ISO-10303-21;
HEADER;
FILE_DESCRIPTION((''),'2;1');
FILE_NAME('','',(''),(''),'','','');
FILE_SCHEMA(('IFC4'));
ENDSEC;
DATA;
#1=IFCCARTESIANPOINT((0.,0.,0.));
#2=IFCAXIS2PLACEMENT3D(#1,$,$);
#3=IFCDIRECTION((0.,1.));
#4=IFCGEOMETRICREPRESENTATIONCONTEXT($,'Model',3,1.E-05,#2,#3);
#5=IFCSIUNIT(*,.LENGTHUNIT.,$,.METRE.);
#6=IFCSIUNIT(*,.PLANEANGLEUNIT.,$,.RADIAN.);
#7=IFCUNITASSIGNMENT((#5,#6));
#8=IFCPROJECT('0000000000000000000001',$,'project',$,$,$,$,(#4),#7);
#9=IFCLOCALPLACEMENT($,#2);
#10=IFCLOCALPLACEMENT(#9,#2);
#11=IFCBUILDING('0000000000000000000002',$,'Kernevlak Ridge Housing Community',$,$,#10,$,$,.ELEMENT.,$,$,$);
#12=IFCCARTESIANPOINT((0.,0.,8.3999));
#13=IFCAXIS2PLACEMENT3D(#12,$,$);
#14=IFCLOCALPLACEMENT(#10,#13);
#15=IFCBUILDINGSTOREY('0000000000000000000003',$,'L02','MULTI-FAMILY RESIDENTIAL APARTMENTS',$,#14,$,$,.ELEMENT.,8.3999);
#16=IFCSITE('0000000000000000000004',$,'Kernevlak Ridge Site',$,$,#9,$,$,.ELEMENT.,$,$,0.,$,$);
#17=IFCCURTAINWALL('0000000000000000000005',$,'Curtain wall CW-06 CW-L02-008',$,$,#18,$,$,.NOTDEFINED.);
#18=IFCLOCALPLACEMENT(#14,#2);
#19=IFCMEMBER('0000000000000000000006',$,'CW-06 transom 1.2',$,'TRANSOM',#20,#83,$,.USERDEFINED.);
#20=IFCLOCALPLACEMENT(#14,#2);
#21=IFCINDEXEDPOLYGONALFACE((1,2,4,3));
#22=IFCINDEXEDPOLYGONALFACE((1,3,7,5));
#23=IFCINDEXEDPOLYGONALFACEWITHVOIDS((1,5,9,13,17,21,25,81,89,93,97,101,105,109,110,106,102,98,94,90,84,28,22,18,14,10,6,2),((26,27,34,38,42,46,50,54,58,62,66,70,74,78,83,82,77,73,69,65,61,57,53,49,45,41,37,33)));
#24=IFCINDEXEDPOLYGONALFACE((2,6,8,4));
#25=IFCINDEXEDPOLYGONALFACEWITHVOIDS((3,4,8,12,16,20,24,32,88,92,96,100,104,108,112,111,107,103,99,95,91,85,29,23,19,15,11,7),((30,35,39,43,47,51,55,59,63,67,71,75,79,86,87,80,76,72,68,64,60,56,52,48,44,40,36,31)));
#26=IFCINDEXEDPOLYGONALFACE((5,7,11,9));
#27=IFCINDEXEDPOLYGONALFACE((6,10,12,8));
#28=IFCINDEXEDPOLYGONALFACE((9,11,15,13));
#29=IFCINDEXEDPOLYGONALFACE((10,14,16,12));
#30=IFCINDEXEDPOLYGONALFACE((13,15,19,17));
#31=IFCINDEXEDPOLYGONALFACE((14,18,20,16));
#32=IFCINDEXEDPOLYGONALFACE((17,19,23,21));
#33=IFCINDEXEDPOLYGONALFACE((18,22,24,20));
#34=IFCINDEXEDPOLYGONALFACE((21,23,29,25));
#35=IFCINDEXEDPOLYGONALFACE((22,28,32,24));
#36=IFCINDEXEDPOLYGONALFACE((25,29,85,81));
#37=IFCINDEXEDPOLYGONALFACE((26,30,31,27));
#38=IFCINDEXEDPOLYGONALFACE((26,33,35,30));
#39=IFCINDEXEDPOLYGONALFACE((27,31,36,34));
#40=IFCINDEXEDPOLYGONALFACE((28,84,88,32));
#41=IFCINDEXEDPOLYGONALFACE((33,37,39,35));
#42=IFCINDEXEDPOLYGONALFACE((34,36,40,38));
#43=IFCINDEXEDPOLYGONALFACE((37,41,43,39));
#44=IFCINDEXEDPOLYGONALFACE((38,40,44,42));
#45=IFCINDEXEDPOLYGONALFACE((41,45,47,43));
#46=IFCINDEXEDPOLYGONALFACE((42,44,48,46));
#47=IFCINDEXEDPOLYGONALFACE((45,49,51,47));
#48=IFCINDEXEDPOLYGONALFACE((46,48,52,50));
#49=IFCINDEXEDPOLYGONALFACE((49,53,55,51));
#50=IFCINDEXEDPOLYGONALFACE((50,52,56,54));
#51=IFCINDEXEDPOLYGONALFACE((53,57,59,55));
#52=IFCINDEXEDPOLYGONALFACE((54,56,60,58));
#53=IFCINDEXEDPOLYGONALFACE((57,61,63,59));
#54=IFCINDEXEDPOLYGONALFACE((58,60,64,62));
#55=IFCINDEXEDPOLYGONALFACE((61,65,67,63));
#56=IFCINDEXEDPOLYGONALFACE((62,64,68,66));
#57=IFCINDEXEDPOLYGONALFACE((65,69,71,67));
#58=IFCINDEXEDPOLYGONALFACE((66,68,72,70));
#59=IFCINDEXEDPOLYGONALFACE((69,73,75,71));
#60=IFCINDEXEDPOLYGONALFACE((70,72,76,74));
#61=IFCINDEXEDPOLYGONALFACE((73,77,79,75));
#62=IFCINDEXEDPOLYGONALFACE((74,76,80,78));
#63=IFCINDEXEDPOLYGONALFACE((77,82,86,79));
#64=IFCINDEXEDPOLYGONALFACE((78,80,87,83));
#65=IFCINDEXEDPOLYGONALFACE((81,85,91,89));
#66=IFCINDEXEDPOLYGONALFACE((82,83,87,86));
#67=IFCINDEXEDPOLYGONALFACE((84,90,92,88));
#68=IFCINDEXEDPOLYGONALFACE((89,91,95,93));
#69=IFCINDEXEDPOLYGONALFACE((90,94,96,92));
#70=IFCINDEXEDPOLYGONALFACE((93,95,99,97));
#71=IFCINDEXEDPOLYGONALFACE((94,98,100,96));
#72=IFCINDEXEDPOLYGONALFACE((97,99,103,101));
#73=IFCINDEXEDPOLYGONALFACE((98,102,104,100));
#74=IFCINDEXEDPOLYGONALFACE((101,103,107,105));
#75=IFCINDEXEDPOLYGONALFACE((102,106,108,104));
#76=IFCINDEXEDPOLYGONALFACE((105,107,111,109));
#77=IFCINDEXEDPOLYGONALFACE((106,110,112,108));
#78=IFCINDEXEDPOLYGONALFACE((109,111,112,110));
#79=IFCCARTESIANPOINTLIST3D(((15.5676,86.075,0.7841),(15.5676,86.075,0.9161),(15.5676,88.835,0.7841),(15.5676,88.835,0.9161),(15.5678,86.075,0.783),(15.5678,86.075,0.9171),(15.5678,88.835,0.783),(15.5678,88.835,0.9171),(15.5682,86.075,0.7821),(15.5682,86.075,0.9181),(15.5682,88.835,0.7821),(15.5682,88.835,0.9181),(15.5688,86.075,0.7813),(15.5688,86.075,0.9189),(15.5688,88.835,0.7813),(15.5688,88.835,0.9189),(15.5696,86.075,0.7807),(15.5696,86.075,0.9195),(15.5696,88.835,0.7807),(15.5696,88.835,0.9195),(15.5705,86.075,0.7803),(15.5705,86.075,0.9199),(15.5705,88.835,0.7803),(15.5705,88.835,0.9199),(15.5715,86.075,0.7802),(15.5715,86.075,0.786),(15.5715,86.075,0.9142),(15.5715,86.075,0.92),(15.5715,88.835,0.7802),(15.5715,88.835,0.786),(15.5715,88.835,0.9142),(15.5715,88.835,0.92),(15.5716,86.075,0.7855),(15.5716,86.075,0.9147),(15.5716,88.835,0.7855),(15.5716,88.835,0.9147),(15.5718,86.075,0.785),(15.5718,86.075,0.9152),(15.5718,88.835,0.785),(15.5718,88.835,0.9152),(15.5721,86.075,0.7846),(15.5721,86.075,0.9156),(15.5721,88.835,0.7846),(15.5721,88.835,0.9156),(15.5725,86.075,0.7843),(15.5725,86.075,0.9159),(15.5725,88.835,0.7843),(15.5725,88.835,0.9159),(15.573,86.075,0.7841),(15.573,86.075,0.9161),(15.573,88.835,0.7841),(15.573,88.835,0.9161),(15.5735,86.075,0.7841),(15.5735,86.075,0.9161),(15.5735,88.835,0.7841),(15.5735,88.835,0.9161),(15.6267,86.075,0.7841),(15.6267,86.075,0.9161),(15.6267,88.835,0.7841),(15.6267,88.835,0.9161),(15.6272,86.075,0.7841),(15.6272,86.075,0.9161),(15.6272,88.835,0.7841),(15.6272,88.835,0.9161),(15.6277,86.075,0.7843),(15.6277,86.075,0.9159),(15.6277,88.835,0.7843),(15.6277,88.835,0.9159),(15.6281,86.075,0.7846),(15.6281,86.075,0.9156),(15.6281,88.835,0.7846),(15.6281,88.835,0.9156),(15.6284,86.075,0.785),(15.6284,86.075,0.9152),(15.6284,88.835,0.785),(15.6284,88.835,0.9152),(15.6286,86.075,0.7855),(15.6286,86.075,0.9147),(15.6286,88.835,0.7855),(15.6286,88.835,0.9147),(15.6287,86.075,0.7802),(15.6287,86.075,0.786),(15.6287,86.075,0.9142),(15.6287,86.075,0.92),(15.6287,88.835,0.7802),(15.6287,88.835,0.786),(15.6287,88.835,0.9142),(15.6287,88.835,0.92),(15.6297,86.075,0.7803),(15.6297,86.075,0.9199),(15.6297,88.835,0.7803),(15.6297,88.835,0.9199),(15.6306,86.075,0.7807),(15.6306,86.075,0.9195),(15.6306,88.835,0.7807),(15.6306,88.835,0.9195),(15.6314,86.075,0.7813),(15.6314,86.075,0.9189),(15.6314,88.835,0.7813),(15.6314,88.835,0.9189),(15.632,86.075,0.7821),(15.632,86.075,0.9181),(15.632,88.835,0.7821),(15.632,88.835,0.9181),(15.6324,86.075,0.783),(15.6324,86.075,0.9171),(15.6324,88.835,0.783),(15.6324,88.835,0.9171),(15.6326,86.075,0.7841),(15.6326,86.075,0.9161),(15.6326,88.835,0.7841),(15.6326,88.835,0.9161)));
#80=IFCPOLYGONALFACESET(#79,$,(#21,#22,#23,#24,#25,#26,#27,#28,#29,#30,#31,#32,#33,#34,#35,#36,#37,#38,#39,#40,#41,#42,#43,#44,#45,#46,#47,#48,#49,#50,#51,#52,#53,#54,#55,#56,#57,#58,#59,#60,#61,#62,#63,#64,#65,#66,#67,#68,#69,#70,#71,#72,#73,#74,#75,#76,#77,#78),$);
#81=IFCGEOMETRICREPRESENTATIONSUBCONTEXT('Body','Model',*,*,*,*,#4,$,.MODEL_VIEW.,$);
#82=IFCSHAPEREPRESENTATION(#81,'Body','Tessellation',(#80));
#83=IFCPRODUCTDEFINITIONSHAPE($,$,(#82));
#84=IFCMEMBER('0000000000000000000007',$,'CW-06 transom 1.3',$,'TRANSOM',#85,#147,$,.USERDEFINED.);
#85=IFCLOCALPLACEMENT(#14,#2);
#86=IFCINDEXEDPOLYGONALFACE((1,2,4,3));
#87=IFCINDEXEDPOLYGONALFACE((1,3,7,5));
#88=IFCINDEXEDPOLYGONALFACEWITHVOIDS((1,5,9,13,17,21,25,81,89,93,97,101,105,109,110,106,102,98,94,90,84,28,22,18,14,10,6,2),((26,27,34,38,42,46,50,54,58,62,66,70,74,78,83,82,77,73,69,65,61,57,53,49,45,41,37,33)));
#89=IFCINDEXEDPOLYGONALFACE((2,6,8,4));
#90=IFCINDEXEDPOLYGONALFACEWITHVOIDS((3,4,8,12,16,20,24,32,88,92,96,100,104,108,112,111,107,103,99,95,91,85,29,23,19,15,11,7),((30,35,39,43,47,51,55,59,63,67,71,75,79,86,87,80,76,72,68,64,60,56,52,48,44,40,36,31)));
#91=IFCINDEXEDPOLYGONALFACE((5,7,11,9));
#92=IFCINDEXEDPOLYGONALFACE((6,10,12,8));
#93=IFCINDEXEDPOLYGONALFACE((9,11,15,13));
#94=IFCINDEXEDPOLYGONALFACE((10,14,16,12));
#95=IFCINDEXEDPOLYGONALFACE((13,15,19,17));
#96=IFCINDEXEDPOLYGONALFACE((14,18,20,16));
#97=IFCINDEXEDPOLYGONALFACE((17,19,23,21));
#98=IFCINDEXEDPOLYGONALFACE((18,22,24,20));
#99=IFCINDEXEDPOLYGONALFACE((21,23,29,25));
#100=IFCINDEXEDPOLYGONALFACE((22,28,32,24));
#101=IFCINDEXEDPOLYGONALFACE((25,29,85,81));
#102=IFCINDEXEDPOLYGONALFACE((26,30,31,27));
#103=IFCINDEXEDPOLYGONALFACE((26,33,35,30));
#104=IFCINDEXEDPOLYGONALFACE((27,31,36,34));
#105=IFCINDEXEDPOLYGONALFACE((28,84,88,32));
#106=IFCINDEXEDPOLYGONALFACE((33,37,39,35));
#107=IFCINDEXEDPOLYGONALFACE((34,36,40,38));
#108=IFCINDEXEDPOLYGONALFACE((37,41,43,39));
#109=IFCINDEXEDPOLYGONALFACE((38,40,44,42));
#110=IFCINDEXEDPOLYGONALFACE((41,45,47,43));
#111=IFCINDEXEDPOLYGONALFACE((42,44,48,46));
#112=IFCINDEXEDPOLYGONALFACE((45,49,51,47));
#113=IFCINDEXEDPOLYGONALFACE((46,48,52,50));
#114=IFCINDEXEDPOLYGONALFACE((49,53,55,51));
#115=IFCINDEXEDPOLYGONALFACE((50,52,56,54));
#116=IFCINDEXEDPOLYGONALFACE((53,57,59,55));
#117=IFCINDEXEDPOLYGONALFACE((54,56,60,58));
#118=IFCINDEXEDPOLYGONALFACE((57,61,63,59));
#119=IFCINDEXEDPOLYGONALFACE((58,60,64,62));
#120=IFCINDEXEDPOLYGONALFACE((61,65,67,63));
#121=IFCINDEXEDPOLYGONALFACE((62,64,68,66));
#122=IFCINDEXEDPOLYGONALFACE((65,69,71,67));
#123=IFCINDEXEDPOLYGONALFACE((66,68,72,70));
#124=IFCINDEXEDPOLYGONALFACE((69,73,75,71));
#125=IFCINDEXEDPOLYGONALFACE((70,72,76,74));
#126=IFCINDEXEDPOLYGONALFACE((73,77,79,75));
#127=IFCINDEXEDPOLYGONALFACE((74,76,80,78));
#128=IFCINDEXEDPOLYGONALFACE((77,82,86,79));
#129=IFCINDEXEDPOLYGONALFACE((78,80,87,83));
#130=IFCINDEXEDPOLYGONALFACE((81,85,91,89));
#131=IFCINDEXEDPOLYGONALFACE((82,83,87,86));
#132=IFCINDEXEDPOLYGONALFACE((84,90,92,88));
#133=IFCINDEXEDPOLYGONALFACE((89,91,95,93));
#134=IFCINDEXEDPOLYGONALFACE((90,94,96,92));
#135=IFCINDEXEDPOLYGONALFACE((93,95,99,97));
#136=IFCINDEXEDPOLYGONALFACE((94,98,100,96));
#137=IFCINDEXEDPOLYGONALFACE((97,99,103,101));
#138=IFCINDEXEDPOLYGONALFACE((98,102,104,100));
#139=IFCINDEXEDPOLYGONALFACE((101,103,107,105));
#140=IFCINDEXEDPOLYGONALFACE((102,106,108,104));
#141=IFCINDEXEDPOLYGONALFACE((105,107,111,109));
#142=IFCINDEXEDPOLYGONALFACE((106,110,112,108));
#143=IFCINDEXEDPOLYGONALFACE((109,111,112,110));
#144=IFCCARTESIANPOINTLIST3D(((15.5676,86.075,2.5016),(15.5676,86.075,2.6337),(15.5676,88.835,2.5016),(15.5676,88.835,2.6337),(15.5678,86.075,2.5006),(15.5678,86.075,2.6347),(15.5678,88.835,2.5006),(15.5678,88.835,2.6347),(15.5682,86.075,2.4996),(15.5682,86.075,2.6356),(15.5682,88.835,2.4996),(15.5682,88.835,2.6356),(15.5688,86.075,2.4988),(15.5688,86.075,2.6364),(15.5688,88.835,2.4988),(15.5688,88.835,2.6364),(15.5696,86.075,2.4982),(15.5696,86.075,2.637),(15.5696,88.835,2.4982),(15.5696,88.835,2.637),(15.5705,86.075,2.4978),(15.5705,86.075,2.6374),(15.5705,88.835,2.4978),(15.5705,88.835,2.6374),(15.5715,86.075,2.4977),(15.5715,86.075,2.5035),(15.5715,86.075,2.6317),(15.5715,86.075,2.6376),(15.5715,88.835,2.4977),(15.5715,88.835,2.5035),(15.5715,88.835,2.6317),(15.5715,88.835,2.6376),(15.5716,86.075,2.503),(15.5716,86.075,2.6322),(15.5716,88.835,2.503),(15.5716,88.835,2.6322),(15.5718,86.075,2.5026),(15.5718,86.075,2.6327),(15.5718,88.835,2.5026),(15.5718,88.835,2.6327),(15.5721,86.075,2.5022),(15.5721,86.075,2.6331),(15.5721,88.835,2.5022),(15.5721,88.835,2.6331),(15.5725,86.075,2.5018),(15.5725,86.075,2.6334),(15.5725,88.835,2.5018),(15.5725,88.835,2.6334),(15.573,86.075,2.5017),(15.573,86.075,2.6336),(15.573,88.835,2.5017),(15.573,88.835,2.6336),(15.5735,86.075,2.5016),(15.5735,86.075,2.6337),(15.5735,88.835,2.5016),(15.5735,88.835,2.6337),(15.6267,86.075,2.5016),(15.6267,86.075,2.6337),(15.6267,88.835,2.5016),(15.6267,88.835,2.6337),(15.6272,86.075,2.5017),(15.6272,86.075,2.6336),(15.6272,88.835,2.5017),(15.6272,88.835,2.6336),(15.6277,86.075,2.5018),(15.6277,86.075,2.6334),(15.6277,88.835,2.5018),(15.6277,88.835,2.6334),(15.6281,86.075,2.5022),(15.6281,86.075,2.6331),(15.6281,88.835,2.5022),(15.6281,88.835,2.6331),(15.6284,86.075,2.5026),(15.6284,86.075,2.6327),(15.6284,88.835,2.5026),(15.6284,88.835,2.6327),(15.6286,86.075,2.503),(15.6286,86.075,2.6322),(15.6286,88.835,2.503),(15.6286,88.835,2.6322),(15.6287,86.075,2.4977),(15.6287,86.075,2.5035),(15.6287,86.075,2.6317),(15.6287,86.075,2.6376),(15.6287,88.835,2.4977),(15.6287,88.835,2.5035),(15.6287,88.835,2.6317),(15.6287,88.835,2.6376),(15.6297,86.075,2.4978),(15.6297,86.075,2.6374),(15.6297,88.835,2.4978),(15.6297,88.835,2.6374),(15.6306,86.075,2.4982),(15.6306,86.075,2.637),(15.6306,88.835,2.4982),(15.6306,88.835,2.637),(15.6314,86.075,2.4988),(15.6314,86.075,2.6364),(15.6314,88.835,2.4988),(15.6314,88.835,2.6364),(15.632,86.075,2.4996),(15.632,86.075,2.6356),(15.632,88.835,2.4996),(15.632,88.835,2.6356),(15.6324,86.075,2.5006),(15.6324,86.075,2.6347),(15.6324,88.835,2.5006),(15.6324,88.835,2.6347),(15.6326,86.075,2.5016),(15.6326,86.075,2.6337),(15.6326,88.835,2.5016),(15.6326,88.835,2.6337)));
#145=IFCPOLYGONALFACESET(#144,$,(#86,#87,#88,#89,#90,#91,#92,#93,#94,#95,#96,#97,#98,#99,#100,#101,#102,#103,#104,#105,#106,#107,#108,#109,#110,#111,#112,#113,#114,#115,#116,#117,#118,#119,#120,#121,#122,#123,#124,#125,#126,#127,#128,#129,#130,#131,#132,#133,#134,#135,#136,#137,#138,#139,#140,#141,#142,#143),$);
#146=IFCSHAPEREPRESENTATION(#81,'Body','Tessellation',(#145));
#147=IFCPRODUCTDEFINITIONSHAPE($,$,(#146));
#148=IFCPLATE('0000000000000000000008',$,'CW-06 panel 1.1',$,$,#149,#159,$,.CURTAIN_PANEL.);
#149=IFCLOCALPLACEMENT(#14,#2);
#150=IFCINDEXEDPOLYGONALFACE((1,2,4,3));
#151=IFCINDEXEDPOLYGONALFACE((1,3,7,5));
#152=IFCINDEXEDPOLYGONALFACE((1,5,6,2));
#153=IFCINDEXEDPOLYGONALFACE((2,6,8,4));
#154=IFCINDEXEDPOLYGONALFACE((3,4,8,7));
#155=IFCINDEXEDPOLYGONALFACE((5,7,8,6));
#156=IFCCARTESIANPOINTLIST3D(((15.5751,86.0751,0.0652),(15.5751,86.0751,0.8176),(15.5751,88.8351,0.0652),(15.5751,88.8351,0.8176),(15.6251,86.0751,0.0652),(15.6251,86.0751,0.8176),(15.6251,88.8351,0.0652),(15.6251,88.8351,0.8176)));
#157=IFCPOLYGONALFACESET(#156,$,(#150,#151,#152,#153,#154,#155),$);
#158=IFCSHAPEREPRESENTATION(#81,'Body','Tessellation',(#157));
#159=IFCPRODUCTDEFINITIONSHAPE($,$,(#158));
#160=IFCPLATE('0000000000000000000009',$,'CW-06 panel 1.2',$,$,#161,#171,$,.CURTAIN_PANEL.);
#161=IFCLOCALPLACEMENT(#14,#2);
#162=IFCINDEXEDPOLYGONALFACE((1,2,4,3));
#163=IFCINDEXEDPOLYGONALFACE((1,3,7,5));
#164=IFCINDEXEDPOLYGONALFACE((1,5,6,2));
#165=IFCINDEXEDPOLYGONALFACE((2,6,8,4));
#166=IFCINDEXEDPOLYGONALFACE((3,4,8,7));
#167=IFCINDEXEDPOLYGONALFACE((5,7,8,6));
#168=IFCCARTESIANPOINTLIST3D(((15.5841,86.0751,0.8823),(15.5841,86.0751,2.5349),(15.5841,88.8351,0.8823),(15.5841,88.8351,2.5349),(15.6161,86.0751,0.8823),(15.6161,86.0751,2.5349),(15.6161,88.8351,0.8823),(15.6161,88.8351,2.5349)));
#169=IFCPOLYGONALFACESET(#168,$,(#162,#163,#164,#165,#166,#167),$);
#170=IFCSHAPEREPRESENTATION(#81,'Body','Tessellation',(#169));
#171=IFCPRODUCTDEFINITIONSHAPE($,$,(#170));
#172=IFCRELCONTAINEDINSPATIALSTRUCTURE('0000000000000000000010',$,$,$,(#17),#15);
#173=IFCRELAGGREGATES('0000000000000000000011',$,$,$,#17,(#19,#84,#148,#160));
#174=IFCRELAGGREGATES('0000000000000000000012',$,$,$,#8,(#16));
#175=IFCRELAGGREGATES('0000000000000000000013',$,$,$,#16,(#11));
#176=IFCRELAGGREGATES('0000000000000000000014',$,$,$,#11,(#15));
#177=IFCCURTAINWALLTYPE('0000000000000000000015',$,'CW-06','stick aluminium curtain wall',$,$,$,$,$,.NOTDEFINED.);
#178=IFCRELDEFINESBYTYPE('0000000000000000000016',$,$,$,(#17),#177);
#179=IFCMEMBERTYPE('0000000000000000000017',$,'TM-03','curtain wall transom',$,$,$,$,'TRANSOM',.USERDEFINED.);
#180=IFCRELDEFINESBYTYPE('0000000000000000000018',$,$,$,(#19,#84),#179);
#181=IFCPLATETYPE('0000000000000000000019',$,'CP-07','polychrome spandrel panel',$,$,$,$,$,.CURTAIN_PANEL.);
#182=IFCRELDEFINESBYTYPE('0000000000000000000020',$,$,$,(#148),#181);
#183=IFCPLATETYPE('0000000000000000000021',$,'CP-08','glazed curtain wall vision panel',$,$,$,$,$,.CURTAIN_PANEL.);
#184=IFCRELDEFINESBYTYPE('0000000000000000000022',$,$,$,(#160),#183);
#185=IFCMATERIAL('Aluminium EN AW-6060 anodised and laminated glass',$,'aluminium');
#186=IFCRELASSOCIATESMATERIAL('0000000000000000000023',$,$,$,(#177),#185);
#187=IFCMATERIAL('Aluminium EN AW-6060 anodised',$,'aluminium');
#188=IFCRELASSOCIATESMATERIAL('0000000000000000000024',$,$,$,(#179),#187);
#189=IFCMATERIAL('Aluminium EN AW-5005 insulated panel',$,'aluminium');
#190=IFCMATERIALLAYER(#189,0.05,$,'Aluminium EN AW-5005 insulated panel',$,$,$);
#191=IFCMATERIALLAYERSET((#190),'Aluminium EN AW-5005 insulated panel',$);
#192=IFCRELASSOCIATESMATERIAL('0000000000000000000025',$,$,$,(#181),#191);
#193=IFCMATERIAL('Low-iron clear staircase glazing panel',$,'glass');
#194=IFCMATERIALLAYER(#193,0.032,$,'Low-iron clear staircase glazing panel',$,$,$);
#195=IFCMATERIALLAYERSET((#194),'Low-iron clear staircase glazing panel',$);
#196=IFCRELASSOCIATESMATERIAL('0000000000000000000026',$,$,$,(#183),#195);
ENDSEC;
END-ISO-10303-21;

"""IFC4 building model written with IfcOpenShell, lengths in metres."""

from ifc_helpers import new_model, si_unit, direction, frame, origin, origin_2d, place, context, subcontext, project, spatial, rectangle, hollow_rectangle, extrude, material, layer, layer_set, material_profile, profile_set, type_object, element, aggregate, save


model = new_model("IFC4")

# Units and contexts
model_context = context("Model", 3, precision=1e-05, world=origin(), true_north=direction((0.0, 1.0)))
body_context = subcontext(model_context, "Body", "Model", "MODEL_VIEW")
ifc_project = project(units=[si_unit("LENGTHUNIT", "METRE"), si_unit("PLANEANGLEUNIT", "RADIAN")], contexts=[model_context])

# Site, building, storey
site_placement = place(None, origin())
site = spatial("IfcSite", under=ifc_project, at=site_placement, Name="Kernevlak Ridge Site", CompositionType="ELEMENT", RefElevation=0.0)
building_placement = place(site_placement, origin())
building = spatial("IfcBuilding", under=site, at=building_placement, Name="Kernevlak Ridge Housing Community", CompositionType="ELEMENT")
storey_placement = place(building_placement, frame((0.0, 0.0, 8.3999)))
storey = spatial("IfcBuildingStorey", under=building, at=storey_placement, Name="L02", Description="MULTI-FAMILY RESIDENTIAL APARTMENTS", CompositionType="ELEMENT", Elevation=8.3999)

# Shared definitions
ifc_material_1 = material(Name="Aluminium EN AW-6060 anodised and laminated glass", Category="aluminium")
ifc_material_2 = material(Name="Aluminium EN AW-6060 anodised", Category="aluminium")

# Curtain wall
curtain_wall_type_1 = type_object("IfcCurtainWallType", Name="CW-06", Description="stick aluminium curtain wall", PredefinedType="NOTDEFINED", material=ifc_material_1)
curtain_wall_1_placement = place(storey_placement, origin())
curtain_wall_1 = element("IfcCurtainWall", 1, at=curtain_wall_1_placement, inside=storey, type_object=curtain_wall_type_1, Name="Curtain wall CW-06 CW-L02-008", PredefinedType="NOTDEFINED")

# Members
ifc_material_profile_1 = material_profile(ifc_material_2, hollow_rectangle(XDim=0.0649, YDim=0.1399, WallThickness=0.0039, InnerFilletRadius=0.002, OuterFilletRadius=0.0039, at=origin_2d()), Name="ALU 65x140x4")
ifc_profile_set_1 = profile_set([ifc_material_profile_1], Name="Aluminium EN AW-6060 anodised")
member_type_1 = type_object("IfcMemberType", Name="TM-03", Description="curtain wall transom", ElementType="TRANSOM", PredefinedType="USERDEFINED", material=ifc_profile_set_1)
member_1_placement = place(storey_placement, frame((15.6001, 86.075, 0.8501), z_axis=(0.0, 1.0, 0.0), x_axis=(-1.0, 0.0, 0.0)))
member_1 = element("IfcMember", 2, at=member_1_placement, type_object=member_type_1, Name="CW-06 transom 1.2", ObjectType="TRANSOM", PredefinedType="USERDEFINED", context=body_context, shape_type="SweptSolid", body=[
    extrude(hollow_rectangle(XDim=0.0649, YDim=0.1399, WallThickness=0.0039, InnerFilletRadius=0.002, OuterFilletRadius=0.0039, at=origin_2d()), origin(), (0.0, 0.0, 1.0), 2.76),
])
member_2_placement = place(storey_placement, frame((15.6001, 86.075, 2.5676), z_axis=(0.0, 1.0, 0.0), x_axis=(-1.0, 0.0, 0.0)))
member_2 = element("IfcMember", 3, at=member_2_placement, type_object=member_type_1, Name="CW-06 transom 1.3", ObjectType="TRANSOM", PredefinedType="USERDEFINED", context=body_context, shape_type="SweptSolid", body=[
    extrude(hollow_rectangle(XDim=0.0649, YDim=0.1399, WallThickness=0.0039, InnerFilletRadius=0.002, OuterFilletRadius=0.0039, at=origin_2d()), origin(), (0.0, 0.0, 1.0), 2.76),
])

# Plates
ifc_material_3 = material(Name="Aluminium EN AW-5005 insulated panel", Category="aluminium")
ifc_layer_1 = layer(ifc_material_3, 0.05, Name="Aluminium EN AW-5005 insulated panel")
ifc_layer_set_1 = layer_set([ifc_layer_1], Name="Aluminium EN AW-5005 insulated panel")
plate_type_1 = type_object("IfcPlateType", Name="CP-07", Description="polychrome spandrel panel", PredefinedType="CURTAIN_PANEL", material=ifc_layer_set_1)
plate_1_placement = place(storey_placement, frame((15.6001, 87.4551, 0.0652), z_axis=(0.0, 0.0, 1.0), x_axis=(0.0, 1.0, 0.0)))
plate_1 = element("IfcPlate", 4, at=plate_1_placement, type_object=plate_type_1, Name="CW-06 panel 1.1", PredefinedType="CURTAIN_PANEL", context=body_context, shape_type="SweptSolid", body=[
    extrude(rectangle(XDim=2.76, YDim=0.05, at=origin_2d()), origin(), (0.0, 0.0, 1.0), 0.7524),
])
ifc_material_4 = material(Name="Low-iron clear staircase glazing panel", Category="glass")
ifc_layer_2 = layer(ifc_material_4, 0.032, Name="Low-iron clear staircase glazing panel")
ifc_layer_set_2 = layer_set([ifc_layer_2], Name="Low-iron clear staircase glazing panel")
plate_type_2 = type_object("IfcPlateType", Name="CP-08", Description="glazed curtain wall vision panel", PredefinedType="CURTAIN_PANEL", material=ifc_layer_set_2)
plate_2_placement = place(storey_placement, frame((15.6001, 87.4551, 0.8823), z_axis=(0.0, 0.0, 1.0), x_axis=(0.0, 1.0, 0.0)))
plate_2 = element("IfcPlate", 5, at=plate_2_placement, type_object=plate_type_2, Name="CW-06 panel 1.2", PredefinedType="CURTAIN_PANEL", context=body_context, shape_type="SweptSolid", body=[
    extrude(rectangle(XDim=2.76, YDim=0.032, at=origin_2d()), origin(), (0.0, 0.0, 1.0), 1.6526),
])
aggregate(curtain_wall_1, [member_1, member_2, plate_1, plate_2])

save(model, "model.ifc")
